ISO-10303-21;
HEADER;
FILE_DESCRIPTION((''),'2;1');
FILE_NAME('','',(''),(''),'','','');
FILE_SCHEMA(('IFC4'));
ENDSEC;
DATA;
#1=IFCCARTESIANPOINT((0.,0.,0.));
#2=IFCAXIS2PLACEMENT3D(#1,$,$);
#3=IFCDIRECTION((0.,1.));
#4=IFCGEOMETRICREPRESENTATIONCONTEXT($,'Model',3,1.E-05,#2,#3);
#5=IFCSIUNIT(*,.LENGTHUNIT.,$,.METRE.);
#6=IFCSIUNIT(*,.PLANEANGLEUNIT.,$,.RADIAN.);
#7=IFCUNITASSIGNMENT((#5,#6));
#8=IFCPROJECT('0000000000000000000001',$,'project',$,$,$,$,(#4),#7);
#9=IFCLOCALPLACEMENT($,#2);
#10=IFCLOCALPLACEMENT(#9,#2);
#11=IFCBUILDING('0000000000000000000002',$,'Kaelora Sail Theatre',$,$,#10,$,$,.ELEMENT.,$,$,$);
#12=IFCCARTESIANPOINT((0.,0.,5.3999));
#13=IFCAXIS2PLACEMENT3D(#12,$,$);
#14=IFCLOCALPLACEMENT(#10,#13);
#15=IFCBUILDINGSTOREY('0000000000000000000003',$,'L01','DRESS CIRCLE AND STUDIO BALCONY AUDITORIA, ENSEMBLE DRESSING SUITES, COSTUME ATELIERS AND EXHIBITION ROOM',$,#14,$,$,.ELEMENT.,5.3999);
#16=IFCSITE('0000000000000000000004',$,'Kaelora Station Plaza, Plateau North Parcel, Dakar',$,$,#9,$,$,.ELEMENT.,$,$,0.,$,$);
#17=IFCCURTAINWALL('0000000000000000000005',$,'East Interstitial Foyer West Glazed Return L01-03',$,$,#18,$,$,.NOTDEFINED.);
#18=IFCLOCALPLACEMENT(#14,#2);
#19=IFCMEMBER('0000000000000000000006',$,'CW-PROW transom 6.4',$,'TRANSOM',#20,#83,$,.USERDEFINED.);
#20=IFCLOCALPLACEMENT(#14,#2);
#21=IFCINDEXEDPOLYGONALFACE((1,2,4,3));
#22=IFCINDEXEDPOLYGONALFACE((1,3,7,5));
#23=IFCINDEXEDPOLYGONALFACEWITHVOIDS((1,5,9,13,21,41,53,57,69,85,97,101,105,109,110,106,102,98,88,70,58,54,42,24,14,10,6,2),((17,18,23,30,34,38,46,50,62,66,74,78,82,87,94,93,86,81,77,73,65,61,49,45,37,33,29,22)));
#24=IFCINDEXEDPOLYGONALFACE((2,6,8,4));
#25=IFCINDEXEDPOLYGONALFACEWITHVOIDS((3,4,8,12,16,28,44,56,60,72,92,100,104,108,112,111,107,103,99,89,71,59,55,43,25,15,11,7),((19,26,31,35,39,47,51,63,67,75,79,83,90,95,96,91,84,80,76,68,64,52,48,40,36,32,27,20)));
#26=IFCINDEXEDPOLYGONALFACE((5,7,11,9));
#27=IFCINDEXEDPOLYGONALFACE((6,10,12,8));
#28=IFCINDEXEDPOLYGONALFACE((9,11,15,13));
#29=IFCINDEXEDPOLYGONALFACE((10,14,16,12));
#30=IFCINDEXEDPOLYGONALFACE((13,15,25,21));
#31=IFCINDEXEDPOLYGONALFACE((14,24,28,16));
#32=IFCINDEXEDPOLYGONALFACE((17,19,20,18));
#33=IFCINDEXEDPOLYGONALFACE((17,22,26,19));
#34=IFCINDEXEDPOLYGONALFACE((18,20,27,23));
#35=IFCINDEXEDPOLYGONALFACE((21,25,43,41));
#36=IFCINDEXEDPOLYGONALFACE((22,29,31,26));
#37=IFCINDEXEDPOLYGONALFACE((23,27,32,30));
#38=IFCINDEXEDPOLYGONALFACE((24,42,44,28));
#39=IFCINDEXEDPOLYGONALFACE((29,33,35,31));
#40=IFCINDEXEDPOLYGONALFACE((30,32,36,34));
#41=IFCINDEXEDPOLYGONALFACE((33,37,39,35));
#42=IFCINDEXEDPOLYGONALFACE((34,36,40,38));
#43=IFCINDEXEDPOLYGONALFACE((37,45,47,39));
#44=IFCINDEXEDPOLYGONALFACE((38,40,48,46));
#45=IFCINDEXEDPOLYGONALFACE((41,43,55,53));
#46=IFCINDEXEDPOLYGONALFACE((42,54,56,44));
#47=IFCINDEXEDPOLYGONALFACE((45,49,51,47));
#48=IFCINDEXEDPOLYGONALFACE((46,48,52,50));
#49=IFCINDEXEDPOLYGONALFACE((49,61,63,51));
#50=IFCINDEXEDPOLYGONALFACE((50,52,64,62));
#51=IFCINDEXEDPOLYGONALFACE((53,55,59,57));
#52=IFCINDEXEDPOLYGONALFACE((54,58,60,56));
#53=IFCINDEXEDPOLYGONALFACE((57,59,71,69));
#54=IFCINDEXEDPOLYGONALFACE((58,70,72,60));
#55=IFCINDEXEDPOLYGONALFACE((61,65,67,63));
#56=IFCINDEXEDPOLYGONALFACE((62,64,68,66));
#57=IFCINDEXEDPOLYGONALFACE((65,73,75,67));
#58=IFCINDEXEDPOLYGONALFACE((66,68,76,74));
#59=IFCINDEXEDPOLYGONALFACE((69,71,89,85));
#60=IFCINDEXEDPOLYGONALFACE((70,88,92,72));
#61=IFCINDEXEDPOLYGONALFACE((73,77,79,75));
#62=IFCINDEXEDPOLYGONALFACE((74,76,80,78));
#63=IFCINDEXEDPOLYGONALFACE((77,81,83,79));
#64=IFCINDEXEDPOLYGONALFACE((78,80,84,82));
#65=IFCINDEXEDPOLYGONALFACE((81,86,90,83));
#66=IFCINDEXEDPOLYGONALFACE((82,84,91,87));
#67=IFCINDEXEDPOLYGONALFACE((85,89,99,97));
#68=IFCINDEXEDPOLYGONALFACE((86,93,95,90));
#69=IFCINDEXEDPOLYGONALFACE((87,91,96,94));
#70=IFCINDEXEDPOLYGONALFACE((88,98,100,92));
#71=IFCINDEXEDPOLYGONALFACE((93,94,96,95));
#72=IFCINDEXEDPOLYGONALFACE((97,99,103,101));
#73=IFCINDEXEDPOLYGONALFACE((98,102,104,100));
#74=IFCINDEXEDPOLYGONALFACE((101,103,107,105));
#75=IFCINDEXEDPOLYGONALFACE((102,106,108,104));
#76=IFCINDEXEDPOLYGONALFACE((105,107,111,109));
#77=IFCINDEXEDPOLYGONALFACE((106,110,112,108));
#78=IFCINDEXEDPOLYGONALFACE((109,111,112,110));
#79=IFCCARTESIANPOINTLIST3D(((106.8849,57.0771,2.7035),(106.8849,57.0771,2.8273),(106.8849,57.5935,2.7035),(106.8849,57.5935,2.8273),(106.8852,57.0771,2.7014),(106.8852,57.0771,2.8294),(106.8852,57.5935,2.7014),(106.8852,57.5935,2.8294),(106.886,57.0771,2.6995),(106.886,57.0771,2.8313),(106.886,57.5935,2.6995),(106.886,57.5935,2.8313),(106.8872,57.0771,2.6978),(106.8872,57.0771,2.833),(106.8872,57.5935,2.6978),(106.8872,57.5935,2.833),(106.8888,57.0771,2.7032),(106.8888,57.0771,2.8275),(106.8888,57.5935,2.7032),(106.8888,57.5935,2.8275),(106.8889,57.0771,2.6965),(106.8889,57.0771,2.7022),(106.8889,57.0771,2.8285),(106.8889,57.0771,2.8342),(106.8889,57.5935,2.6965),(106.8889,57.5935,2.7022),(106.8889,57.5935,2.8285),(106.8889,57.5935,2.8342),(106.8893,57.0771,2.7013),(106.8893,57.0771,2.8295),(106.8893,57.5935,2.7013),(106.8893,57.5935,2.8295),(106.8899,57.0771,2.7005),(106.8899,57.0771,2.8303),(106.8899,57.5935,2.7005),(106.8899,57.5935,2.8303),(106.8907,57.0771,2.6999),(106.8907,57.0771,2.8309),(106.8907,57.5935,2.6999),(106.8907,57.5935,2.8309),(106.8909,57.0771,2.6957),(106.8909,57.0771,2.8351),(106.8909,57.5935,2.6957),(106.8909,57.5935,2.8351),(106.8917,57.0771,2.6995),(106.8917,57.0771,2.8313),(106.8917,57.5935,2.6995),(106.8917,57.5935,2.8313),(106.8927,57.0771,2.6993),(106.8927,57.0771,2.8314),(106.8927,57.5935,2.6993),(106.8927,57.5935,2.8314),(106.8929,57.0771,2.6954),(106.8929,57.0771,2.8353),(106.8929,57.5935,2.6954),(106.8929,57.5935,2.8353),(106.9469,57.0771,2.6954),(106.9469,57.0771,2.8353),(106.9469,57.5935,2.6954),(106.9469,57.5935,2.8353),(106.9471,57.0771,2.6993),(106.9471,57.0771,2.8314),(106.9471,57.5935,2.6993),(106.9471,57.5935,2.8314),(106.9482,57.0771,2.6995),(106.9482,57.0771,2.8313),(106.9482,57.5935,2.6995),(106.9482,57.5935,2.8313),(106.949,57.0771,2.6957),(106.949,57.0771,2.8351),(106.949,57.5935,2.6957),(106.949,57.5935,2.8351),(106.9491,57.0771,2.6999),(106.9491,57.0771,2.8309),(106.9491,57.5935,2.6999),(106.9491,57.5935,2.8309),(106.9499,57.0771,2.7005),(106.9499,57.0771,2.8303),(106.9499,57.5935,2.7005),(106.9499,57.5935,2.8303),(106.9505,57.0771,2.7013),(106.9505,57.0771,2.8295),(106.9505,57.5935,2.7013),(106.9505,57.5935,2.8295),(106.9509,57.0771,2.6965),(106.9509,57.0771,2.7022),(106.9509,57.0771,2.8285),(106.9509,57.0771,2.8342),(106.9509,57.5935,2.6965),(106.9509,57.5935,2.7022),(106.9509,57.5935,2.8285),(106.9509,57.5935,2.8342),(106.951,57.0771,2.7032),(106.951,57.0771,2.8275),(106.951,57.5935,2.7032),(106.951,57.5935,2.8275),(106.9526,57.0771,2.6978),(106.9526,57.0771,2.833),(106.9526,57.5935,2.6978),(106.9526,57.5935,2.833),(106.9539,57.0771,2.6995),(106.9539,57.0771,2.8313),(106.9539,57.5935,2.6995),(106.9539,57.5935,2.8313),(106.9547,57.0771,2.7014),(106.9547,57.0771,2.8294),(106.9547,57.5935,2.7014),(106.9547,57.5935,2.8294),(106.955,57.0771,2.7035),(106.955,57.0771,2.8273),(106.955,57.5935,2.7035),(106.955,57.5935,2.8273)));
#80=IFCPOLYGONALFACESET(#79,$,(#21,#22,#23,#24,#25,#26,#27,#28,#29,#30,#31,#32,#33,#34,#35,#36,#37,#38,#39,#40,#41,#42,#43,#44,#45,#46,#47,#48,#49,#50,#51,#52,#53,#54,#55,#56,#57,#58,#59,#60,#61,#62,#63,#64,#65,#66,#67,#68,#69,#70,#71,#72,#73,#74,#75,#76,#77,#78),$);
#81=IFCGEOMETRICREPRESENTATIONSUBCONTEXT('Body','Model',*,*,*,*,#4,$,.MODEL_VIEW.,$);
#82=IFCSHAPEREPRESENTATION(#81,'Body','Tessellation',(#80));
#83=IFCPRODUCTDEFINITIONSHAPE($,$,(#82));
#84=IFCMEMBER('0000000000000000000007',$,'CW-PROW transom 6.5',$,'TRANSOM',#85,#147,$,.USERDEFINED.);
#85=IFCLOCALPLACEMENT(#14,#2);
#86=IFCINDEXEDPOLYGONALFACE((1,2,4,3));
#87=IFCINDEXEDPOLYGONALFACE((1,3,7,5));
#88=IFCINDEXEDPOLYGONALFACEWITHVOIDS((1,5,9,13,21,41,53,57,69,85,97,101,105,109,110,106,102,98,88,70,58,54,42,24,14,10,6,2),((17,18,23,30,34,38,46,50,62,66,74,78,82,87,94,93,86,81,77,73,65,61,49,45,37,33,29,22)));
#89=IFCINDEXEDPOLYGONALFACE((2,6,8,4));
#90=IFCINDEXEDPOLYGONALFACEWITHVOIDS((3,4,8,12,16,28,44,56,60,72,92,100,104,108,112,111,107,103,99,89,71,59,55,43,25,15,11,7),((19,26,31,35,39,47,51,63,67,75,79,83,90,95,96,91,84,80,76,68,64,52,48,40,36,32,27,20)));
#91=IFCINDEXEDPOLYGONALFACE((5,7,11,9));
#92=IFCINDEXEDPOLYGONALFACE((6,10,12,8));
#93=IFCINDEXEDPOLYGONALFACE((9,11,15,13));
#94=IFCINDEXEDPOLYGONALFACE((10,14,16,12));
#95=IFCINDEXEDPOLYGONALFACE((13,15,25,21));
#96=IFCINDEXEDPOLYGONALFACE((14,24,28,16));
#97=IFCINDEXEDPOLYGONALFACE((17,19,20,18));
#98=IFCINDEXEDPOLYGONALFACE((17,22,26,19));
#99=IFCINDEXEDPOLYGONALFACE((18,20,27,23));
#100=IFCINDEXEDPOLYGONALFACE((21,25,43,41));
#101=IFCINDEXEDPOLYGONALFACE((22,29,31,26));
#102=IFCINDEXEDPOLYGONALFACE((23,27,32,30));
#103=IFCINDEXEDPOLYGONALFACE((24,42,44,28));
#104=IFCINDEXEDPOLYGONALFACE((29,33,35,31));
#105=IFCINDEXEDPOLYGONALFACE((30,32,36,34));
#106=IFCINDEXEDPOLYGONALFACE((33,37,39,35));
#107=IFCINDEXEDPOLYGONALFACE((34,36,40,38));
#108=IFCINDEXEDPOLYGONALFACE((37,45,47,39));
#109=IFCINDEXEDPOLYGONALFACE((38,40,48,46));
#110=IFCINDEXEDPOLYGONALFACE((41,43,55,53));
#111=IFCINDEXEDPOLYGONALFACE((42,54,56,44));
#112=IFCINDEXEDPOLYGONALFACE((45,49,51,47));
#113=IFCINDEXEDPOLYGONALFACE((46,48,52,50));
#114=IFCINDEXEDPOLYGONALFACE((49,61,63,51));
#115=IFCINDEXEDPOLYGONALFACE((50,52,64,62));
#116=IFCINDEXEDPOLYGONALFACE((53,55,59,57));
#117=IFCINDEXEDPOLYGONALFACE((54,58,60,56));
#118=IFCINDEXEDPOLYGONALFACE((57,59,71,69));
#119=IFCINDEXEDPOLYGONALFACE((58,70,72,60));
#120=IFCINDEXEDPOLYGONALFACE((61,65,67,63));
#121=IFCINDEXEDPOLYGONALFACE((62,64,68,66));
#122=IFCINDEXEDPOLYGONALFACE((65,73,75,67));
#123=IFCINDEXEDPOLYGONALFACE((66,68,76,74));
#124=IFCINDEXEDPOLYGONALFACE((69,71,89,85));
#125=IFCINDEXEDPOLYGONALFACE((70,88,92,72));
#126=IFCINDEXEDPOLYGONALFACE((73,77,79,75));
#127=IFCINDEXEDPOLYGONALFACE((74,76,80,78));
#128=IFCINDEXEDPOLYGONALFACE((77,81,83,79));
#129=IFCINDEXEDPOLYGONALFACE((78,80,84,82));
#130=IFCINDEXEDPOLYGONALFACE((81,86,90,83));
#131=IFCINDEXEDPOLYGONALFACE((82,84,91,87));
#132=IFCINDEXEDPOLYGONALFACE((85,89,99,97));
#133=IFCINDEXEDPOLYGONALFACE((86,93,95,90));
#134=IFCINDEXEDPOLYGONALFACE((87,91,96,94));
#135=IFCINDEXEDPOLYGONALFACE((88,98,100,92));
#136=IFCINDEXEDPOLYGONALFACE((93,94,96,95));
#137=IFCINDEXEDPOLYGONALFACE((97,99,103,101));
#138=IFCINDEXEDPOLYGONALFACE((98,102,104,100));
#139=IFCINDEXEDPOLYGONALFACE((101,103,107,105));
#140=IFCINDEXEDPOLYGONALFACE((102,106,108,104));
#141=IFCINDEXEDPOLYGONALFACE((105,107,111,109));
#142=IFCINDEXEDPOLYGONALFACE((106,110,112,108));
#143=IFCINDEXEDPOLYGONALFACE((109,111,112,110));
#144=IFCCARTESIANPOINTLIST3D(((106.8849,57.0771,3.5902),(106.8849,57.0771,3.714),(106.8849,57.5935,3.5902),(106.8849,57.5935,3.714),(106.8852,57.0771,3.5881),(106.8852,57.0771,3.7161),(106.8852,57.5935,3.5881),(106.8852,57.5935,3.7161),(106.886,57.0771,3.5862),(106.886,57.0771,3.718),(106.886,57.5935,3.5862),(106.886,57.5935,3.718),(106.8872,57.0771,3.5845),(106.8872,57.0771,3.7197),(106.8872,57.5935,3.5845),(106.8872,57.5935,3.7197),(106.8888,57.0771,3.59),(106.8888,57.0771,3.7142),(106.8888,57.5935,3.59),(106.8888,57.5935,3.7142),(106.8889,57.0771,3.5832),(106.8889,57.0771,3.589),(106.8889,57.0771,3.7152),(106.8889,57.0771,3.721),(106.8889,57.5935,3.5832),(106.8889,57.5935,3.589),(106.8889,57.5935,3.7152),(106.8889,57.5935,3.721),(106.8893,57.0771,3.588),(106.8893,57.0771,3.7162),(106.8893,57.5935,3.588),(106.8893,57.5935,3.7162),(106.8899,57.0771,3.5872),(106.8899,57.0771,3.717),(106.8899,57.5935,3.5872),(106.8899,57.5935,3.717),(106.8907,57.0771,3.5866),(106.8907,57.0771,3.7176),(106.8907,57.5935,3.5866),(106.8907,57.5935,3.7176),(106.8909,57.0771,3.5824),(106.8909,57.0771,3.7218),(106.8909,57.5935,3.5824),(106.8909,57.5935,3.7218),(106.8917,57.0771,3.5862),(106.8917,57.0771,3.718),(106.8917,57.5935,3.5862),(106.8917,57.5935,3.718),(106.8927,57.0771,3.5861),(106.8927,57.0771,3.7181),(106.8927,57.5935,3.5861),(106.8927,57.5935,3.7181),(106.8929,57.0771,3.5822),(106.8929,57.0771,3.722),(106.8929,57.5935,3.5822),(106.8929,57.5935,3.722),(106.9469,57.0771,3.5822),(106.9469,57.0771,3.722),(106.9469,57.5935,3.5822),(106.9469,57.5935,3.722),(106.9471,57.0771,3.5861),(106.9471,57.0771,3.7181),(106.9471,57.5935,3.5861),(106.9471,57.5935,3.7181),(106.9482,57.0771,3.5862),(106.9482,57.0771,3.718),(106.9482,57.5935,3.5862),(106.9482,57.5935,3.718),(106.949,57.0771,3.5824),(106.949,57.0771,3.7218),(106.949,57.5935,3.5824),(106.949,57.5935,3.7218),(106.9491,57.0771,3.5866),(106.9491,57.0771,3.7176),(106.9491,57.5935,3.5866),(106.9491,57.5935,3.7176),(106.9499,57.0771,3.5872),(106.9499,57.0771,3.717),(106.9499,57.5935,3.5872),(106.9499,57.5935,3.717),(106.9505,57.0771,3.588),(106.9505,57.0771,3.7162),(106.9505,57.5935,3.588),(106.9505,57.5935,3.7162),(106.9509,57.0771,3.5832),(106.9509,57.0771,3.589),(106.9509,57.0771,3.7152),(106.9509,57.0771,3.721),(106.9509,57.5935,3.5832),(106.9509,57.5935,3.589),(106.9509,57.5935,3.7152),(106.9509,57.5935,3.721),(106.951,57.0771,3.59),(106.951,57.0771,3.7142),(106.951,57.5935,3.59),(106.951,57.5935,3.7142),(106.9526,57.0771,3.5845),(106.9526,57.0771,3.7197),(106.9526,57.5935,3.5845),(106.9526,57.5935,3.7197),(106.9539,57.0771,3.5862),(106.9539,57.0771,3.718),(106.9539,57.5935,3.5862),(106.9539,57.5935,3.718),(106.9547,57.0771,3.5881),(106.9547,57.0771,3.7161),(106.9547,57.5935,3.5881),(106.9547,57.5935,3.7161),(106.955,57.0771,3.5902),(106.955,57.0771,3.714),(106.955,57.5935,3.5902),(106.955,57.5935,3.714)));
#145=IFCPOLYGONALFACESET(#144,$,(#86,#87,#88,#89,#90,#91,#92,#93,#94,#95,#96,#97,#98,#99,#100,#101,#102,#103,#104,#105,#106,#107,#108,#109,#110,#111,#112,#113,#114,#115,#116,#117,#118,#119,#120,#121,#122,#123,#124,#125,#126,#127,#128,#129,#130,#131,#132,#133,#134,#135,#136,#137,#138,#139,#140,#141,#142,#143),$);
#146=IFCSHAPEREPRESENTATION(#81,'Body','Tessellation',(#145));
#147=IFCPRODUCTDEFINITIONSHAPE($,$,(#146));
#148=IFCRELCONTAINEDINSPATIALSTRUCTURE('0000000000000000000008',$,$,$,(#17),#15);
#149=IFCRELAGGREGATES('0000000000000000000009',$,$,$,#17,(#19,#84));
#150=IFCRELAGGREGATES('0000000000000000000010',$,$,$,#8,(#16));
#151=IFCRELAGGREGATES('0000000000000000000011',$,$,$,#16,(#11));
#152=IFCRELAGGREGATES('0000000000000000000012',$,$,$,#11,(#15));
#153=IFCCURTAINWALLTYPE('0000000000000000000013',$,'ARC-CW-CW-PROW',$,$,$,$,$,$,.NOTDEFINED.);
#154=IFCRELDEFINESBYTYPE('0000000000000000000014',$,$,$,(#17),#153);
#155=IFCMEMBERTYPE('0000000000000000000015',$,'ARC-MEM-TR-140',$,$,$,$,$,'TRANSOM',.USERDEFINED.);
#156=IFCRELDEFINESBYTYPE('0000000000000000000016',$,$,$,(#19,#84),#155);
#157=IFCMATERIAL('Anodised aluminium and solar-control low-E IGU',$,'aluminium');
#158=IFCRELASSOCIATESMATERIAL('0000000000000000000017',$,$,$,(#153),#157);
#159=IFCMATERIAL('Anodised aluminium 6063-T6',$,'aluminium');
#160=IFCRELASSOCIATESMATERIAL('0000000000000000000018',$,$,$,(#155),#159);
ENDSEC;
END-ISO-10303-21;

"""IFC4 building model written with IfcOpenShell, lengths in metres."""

from ifc_helpers import new_model, si_unit, direction, frame, origin, origin_2d, place, context, subcontext, project, spatial, hollow_rectangle, extrude, material, material_profile, profile_set, type_object, element, aggregate, save


model = new_model("IFC4")

# Units and contexts
model_context = context("Model", 3, precision=1e-05, world=origin(), true_north=direction((0.0, 1.0)))
body_context = subcontext(model_context, "Body", "Model", "MODEL_VIEW")
ifc_project = project(units=[si_unit("LENGTHUNIT", "METRE"), si_unit("PLANEANGLEUNIT", "RADIAN")], contexts=[model_context])

# Site, building, storey
site_placement = place(None, origin())
site = spatial("IfcSite", under=ifc_project, at=site_placement, Name="Kaelora Station Plaza, Plateau North Parcel, Dakar", CompositionType="ELEMENT", RefElevation=0.0)
building_placement = place(site_placement, origin())
building = spatial("IfcBuilding", under=site, at=building_placement, Name="Kaelora Sail Theatre", CompositionType="ELEMENT")
storey_placement = place(building_placement, frame((0.0, 0.0, 5.3999)))
storey = spatial("IfcBuildingStorey", under=building, at=storey_placement, Name="L01", Description="DRESS CIRCLE AND STUDIO BALCONY AUDITORIA, ENSEMBLE DRESSING SUITES, COSTUME ATELIERS AND EXHIBITION ROOM", CompositionType="ELEMENT", Elevation=5.3999)

# Curtain wall, members
ifc_material_1 = material(Name="Anodised aluminium and solar-control low-E IGU", Category="aluminium")
curtain_wall_type = type_object("IfcCurtainWallType", Name="ARC-CW-CW-PROW", PredefinedType="NOTDEFINED", material=ifc_material_1)
curtain_wall_placement = place(storey_placement, origin())
curtain_wall = element("IfcCurtainWall", 1, at=curtain_wall_placement, inside=storey, type_object=curtain_wall_type, Name="East Interstitial Foyer West Glazed Return L01-03", PredefinedType="NOTDEFINED")
ifc_material_2 = material(Name="Anodised aluminium 6063-T6", Category="aluminium")
ifc_material_profile = material_profile(ifc_material_2, hollow_rectangle(XDim=0.0701, YDim=0.1399, WallThickness=0.0039, InnerFilletRadius=0.0039, OuterFilletRadius=0.0081, at=origin_2d()), Name="ALU-TRAN 70x140x4")
ifc_profile_set = profile_set([ifc_material_profile], Name="Anodised aluminium 6063-T6")
member_type = type_object("IfcMemberType", Name="ARC-MEM-TR-140", ElementType="TRANSOM", PredefinedType="USERDEFINED", material=ifc_profile_set)
member_1_placement = place(storey_placement, frame((106.9199, 57.0771, 2.7654), z_axis=(0.0, 1.0, 0.0), x_axis=(-1.0, 0.0, 0.0)))
member_1 = element("IfcMember", 2, at=member_1_placement, type_object=member_type, Name="CW-PROW transom 6.4", ObjectType="TRANSOM", PredefinedType="USERDEFINED", context=body_context, shape_type="SweptSolid", body=[
    extrude(hollow_rectangle(XDim=0.0701, YDim=0.1399, WallThickness=0.0039, InnerFilletRadius=0.0039, OuterFilletRadius=0.0081, at=origin_2d()), origin(), (0.0, 0.0, 1.0), 0.5164),
])
member_2_placement = place(storey_placement, frame((106.9199, 57.0771, 3.6521), z_axis=(0.0, 1.0, 0.0), x_axis=(-1.0, 0.0, 0.0)))
member_2 = element("IfcMember", 3, at=member_2_placement, type_object=member_type, Name="CW-PROW transom 6.5", ObjectType="TRANSOM", PredefinedType="USERDEFINED", context=body_context, shape_type="SweptSolid", body=[
    extrude(hollow_rectangle(XDim=0.0701, YDim=0.1399, WallThickness=0.0039, InnerFilletRadius=0.0039, OuterFilletRadius=0.0081, at=origin_2d()), origin(), (0.0, 0.0, 1.0), 0.5164),
])
aggregate(curtain_wall, [member_1, member_2])

save(model, "model.ifc")
